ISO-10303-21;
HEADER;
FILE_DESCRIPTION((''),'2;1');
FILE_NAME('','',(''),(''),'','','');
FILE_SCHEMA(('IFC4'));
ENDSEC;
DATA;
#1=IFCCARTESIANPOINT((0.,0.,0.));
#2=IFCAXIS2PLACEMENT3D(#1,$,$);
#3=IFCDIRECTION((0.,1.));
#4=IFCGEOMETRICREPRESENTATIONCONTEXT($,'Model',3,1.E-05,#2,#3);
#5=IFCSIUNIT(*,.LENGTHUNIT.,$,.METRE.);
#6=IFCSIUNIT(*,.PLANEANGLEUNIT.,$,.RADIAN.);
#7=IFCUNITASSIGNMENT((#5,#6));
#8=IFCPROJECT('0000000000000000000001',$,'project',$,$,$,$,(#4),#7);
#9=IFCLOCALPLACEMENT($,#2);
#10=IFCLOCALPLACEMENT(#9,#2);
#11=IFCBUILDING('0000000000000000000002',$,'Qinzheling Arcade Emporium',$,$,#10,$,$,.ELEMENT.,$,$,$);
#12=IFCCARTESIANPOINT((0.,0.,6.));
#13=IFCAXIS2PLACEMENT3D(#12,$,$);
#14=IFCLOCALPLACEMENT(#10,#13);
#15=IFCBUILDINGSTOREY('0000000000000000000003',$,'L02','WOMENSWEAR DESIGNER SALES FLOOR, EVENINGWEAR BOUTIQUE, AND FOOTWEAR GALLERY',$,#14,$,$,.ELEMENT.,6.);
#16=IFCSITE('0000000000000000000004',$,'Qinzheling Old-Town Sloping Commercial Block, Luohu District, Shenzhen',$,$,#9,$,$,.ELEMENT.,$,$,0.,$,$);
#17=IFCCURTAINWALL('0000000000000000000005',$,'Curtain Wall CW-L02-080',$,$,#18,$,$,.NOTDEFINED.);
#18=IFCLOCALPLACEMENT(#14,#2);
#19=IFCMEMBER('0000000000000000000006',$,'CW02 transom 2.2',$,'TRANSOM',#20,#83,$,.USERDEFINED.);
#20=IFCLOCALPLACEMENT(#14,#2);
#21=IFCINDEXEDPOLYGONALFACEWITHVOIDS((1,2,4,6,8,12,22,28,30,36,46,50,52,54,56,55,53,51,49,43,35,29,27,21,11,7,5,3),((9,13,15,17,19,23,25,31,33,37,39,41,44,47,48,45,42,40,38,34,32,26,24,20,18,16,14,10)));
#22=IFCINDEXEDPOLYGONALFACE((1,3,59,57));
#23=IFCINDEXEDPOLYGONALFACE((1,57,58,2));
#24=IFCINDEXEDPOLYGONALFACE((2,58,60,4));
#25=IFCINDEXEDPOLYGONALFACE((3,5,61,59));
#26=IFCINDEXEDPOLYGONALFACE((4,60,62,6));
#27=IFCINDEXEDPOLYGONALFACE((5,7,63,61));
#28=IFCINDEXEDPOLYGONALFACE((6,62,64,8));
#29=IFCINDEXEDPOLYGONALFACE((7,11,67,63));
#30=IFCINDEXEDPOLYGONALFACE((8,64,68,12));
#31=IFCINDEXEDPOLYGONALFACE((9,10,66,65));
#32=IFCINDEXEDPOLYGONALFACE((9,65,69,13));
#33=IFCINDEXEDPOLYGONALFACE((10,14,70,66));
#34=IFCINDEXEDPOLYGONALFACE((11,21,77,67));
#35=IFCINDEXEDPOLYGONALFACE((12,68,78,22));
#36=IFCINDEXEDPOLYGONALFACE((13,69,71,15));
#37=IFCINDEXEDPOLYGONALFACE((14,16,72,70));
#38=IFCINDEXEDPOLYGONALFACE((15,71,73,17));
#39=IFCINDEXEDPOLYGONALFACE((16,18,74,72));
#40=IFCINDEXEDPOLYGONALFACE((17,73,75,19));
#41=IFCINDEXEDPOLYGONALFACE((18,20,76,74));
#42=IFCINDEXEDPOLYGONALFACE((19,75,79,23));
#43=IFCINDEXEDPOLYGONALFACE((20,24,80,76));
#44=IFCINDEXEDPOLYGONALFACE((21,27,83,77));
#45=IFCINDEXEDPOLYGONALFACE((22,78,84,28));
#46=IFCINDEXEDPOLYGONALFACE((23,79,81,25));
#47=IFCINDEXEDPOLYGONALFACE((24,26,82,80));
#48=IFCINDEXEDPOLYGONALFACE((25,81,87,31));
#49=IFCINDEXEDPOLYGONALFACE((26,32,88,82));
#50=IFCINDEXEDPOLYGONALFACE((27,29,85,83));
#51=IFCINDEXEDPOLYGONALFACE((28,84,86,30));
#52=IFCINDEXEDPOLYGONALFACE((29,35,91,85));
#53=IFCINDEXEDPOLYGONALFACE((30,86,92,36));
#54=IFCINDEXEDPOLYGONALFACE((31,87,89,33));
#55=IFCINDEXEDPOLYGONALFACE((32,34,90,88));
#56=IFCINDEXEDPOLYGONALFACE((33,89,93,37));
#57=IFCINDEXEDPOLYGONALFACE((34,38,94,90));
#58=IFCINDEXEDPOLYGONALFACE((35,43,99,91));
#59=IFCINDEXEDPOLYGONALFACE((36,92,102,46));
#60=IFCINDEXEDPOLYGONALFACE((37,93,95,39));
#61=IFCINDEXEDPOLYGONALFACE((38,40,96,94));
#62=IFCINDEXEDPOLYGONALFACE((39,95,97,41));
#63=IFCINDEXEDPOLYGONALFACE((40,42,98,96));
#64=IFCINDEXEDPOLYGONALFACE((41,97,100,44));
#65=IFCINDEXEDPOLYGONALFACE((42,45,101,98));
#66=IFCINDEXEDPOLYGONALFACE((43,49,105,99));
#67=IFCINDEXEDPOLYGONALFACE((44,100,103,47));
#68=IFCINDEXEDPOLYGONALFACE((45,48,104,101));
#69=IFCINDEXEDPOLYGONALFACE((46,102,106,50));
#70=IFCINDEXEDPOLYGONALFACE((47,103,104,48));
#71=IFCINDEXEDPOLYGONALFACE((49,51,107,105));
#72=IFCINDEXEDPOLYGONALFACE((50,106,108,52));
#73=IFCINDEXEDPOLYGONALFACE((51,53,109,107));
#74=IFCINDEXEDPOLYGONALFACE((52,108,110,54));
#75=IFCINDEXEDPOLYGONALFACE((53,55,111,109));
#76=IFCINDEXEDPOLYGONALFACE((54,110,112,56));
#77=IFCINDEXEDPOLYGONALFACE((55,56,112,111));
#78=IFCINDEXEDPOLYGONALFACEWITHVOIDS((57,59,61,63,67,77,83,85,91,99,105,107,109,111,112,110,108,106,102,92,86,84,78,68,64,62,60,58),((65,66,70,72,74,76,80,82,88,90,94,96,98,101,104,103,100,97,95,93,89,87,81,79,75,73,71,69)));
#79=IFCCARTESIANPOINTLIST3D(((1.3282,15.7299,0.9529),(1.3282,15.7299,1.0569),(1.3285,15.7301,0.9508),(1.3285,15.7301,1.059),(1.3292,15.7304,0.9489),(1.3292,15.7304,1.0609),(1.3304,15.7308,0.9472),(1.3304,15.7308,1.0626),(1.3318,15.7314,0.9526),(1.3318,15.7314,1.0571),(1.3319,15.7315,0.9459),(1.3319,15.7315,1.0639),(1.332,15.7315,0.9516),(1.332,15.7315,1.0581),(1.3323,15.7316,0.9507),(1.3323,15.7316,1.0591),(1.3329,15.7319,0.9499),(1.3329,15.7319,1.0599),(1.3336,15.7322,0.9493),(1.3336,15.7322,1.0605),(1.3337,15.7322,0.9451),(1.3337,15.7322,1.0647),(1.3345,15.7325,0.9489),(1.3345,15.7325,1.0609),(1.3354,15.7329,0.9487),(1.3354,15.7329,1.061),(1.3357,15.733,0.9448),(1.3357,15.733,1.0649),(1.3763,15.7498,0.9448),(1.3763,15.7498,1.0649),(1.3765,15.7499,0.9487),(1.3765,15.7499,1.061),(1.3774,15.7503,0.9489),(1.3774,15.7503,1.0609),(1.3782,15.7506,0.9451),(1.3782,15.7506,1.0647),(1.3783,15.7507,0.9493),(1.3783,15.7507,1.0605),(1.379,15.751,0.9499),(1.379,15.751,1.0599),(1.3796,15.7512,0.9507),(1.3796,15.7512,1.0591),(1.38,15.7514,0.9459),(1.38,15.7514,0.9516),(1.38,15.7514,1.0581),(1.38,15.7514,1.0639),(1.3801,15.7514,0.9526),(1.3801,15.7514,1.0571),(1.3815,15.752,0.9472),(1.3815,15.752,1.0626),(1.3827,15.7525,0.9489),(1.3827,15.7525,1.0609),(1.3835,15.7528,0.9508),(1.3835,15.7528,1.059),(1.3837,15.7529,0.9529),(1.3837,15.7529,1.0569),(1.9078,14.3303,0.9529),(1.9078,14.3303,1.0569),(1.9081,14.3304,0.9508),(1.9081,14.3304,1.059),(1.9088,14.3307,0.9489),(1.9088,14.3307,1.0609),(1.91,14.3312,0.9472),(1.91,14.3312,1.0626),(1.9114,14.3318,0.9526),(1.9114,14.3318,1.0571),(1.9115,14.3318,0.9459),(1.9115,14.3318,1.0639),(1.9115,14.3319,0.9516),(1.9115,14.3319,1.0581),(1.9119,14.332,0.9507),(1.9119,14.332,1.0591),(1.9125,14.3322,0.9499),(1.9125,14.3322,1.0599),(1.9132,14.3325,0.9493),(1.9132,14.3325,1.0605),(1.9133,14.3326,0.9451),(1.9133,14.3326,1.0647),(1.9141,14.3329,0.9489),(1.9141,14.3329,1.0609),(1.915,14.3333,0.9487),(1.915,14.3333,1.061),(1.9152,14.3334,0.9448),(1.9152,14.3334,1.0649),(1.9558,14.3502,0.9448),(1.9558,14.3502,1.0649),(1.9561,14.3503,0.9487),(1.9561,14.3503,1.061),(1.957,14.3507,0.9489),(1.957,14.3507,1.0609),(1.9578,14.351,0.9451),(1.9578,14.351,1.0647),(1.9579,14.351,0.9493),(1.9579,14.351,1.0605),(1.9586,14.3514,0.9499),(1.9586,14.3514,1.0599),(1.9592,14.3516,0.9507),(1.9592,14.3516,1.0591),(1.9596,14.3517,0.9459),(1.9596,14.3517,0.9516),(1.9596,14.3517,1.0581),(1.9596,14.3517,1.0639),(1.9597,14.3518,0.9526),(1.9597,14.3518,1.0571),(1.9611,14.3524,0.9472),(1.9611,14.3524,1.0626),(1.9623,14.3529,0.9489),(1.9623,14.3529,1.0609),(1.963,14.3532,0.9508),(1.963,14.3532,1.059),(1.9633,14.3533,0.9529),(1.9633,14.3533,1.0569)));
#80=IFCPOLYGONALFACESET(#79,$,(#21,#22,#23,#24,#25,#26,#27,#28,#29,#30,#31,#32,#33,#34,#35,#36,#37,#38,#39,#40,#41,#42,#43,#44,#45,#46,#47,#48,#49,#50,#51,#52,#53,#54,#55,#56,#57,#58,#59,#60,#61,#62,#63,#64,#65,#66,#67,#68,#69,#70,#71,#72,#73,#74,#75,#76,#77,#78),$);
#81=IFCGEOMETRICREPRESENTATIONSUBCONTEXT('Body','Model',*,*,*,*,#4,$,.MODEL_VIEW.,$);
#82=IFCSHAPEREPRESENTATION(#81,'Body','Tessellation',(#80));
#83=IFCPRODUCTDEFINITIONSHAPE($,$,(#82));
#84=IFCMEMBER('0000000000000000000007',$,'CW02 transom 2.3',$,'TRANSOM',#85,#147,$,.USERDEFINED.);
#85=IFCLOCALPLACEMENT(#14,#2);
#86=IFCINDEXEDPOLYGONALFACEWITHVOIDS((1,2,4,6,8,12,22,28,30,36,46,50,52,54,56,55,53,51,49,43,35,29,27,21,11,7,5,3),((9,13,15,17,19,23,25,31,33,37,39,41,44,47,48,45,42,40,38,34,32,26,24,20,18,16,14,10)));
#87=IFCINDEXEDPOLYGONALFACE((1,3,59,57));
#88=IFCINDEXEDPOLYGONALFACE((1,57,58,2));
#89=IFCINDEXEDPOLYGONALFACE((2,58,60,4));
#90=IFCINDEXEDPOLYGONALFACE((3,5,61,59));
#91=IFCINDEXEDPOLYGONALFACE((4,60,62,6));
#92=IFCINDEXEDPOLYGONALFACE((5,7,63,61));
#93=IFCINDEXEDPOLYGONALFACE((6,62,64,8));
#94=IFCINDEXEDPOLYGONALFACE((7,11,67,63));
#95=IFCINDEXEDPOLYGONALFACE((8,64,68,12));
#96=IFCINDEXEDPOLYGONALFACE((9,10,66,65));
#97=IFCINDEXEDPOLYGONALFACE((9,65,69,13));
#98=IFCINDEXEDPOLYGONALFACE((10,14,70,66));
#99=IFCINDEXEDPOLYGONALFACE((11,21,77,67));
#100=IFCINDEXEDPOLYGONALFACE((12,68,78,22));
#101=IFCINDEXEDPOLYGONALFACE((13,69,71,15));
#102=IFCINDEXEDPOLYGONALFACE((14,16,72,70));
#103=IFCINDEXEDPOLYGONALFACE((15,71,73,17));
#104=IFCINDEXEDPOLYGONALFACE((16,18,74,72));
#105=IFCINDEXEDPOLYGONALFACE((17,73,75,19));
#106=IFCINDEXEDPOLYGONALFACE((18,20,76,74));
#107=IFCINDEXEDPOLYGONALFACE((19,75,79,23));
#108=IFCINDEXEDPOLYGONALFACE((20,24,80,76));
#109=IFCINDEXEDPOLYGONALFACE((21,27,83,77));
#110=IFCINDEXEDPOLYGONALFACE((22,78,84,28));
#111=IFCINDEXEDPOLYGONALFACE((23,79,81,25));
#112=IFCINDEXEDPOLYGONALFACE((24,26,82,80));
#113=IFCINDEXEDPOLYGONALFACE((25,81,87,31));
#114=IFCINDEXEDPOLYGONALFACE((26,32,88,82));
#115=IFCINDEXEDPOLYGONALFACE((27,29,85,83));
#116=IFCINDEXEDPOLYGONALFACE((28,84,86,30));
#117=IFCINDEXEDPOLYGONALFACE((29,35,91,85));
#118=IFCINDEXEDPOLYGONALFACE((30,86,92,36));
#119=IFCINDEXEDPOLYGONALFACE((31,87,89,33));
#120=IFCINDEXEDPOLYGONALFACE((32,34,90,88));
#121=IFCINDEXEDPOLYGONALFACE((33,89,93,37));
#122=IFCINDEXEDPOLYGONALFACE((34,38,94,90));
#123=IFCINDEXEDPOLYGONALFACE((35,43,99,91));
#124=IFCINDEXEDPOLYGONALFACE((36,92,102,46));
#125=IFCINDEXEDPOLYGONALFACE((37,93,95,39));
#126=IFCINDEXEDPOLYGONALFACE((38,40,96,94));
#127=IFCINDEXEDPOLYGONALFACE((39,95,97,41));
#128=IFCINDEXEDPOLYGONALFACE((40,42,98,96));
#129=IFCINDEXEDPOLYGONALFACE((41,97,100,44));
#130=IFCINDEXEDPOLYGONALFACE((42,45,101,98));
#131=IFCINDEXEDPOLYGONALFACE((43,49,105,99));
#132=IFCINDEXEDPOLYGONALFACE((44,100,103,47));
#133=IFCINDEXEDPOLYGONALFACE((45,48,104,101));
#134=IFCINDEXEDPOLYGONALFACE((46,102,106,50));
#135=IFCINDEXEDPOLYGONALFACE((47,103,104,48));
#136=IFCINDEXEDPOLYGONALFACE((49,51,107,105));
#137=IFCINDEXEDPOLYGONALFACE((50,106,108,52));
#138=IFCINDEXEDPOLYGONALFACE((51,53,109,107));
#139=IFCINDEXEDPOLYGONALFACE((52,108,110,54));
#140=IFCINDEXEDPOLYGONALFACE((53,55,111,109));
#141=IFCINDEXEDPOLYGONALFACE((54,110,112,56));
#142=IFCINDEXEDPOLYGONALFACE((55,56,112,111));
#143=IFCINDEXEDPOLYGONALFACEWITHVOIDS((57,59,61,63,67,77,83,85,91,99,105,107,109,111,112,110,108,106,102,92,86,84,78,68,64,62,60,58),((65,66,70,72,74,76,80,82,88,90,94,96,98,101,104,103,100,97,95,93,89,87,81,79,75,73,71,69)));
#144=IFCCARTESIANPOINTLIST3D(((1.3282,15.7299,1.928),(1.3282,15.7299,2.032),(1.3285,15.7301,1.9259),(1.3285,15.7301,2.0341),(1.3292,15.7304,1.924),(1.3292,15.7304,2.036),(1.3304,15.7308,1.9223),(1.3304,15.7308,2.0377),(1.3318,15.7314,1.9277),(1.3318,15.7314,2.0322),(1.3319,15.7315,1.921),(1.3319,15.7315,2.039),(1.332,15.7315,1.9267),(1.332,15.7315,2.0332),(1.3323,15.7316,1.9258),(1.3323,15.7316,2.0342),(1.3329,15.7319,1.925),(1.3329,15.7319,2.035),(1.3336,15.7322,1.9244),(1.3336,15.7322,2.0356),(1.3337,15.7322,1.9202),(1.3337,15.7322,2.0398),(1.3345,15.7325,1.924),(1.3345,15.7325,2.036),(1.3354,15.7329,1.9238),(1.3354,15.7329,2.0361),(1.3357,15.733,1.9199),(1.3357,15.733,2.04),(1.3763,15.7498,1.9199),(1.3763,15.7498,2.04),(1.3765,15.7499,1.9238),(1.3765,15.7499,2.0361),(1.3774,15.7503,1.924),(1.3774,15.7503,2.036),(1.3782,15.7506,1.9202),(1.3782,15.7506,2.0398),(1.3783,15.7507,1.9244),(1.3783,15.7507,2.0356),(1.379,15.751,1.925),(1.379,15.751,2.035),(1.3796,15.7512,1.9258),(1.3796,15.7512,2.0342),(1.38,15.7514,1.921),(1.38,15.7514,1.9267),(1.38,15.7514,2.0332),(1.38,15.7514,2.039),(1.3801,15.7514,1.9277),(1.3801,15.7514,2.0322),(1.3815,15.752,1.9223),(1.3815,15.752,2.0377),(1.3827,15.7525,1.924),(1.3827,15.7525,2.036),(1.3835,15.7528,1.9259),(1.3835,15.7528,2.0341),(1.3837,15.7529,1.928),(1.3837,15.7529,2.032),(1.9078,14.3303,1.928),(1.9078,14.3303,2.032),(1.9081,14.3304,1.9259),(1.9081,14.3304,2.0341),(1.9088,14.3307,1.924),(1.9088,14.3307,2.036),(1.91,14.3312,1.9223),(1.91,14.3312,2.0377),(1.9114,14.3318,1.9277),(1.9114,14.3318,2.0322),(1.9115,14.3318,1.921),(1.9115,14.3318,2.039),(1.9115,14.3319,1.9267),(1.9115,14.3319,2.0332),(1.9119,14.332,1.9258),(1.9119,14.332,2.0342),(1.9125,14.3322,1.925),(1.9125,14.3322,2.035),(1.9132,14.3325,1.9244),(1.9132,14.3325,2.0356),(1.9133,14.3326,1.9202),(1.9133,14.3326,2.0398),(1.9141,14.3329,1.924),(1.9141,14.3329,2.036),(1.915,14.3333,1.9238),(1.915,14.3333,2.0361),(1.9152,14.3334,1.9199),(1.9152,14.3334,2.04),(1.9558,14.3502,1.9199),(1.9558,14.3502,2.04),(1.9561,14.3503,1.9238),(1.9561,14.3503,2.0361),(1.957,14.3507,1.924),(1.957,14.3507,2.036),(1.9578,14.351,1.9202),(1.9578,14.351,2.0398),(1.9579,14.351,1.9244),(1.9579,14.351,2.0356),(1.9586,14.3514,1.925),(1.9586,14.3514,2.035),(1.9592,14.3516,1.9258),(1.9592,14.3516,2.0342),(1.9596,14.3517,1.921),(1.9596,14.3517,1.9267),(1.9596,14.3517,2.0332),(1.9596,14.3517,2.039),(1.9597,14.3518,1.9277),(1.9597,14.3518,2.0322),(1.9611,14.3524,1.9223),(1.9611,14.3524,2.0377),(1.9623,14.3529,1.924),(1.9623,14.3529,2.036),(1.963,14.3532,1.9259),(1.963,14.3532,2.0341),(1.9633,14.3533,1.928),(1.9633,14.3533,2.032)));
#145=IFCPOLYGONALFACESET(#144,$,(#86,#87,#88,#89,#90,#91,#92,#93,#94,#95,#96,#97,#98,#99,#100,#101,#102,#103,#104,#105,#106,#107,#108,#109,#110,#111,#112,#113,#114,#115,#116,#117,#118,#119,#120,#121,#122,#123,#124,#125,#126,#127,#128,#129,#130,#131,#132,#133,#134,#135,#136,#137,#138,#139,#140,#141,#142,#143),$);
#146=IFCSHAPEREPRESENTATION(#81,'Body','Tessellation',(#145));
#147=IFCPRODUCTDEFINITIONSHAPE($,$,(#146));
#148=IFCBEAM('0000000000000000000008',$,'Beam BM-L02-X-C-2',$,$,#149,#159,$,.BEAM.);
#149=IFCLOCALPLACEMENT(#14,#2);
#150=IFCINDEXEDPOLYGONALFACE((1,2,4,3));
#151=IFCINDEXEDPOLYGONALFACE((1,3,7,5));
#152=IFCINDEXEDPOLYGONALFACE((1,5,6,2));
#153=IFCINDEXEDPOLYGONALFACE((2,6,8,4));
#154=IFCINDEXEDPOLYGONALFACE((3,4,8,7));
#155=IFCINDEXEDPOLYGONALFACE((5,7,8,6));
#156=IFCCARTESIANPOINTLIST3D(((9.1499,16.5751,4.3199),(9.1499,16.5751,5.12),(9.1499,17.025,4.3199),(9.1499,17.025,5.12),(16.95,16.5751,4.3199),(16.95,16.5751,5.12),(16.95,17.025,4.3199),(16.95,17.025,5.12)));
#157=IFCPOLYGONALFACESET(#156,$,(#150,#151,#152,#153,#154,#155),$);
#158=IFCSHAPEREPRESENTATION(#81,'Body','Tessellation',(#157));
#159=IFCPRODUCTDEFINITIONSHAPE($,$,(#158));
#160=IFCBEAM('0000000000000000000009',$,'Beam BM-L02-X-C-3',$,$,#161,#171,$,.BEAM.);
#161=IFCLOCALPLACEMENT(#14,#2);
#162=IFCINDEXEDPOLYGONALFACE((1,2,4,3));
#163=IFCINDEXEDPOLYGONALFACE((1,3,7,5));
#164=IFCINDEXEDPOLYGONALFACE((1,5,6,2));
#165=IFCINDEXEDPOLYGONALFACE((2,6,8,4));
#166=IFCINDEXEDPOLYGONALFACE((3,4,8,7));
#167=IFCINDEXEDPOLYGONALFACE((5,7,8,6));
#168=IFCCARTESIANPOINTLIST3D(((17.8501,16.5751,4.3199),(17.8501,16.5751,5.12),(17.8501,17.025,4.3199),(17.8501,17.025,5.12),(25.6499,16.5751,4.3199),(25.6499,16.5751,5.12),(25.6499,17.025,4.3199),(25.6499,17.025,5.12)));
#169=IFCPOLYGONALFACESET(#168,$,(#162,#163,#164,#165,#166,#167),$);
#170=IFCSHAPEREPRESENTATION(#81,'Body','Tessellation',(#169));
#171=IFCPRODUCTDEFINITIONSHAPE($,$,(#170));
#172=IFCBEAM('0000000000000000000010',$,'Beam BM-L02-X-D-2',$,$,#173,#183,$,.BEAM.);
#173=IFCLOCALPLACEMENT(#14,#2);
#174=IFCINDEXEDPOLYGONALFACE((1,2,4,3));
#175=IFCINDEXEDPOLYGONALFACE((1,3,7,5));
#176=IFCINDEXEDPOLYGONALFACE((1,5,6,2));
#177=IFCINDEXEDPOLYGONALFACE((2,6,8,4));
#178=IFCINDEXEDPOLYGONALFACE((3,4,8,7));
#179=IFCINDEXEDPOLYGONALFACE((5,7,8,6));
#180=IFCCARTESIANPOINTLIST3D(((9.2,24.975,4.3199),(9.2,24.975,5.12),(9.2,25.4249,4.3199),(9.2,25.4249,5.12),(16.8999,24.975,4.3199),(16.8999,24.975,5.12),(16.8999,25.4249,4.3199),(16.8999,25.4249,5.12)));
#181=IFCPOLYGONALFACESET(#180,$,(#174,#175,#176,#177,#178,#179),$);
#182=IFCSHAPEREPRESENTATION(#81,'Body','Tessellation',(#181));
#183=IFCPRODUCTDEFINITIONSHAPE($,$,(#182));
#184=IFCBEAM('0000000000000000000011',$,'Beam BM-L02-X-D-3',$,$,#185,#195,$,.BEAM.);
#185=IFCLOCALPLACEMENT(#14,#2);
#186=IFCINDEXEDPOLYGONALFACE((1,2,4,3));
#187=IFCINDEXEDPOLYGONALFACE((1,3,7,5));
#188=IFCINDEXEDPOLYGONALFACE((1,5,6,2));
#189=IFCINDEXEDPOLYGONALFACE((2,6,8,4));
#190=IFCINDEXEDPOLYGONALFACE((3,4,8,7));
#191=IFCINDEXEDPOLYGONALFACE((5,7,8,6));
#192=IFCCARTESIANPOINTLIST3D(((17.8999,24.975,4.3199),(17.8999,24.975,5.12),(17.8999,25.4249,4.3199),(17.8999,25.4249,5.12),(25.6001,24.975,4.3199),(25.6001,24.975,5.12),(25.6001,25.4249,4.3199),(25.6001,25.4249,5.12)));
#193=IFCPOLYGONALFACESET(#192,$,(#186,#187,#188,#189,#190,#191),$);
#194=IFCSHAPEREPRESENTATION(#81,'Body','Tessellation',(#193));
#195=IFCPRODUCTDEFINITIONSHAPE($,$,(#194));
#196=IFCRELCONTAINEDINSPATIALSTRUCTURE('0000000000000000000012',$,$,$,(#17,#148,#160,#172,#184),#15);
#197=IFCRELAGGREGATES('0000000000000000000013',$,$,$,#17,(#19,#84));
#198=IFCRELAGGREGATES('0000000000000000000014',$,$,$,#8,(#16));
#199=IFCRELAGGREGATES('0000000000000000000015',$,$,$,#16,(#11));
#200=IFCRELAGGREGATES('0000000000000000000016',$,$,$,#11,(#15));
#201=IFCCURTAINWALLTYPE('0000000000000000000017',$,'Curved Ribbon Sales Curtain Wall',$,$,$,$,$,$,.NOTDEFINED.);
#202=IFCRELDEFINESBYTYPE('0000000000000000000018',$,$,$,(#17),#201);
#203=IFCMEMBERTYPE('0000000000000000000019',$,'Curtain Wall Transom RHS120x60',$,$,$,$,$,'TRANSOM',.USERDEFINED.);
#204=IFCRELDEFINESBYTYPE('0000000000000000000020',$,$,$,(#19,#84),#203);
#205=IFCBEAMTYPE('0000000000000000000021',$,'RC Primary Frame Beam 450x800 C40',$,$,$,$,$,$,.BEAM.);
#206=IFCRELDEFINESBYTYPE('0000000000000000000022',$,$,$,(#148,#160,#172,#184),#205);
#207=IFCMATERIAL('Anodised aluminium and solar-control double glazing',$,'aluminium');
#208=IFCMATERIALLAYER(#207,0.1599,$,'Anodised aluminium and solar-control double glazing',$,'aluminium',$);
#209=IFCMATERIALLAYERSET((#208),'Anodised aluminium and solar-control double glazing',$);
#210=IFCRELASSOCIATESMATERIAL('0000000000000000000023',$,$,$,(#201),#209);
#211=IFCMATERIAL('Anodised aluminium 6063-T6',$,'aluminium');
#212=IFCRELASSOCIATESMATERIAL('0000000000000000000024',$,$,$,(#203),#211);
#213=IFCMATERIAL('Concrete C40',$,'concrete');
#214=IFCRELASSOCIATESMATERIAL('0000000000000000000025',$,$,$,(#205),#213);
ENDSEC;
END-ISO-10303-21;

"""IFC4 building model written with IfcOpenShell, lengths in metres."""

from ifc_helpers import new_model, si_unit, direction, frame, origin, origin_2d, place, context, subcontext, project, spatial, rectangle, hollow_rectangle, extrude, material, layer, layer_set, material_profile, profile_set, type_object, element, aggregate, save


model = new_model("IFC4")

# Units and contexts
model_context = context("Model", 3, precision=1e-05, world=origin(), true_north=direction((0.0, 1.0)))
body_context = subcontext(model_context, "Body", "Model", "MODEL_VIEW")
ifc_project = project(units=[si_unit("LENGTHUNIT", "METRE"), si_unit("PLANEANGLEUNIT", "RADIAN")], contexts=[model_context])

# Site, building, storey
site_placement = place(None, origin())
site = spatial("IfcSite", under=ifc_project, at=site_placement, Name="Qinzheling Old-Town Sloping Commercial Block, Luohu District, Shenzhen", CompositionType="ELEMENT", RefElevation=0.0)
building_placement = place(site_placement, origin())
building = spatial("IfcBuilding", under=site, at=building_placement, Name="Qinzheling Arcade Emporium", CompositionType="ELEMENT")
storey_placement = place(building_placement, frame((0.0, 0.0, 6.0)))
storey = spatial("IfcBuildingStorey", under=building, at=storey_placement, Name="L02", Description="WOMENSWEAR DESIGNER SALES FLOOR, EVENINGWEAR BOUTIQUE, AND FOOTWEAR GALLERY", CompositionType="ELEMENT", Elevation=6.0)

# Curtain wall, members
ifc_material_1 = material(Name="Anodised aluminium and solar-control double glazing", Category="aluminium")
ifc_layer_1 = layer(ifc_material_1, 0.1599, Name="Anodised aluminium and solar-control double glazing", Category="aluminium")
ifc_layer_set_1 = layer_set([ifc_layer_1], Name="Anodised aluminium and solar-control double glazing")
curtain_wall_type = type_object("IfcCurtainWallType", Name="Curved Ribbon Sales Curtain Wall", PredefinedType="NOTDEFINED", material=ifc_layer_set_1)
curtain_wall_placement = place(storey_placement, origin())
curtain_wall = element("IfcCurtainWall", 1, at=curtain_wall_placement, inside=storey, type_object=curtain_wall_type, Name="Curtain Wall CW-L02-080", PredefinedType="NOTDEFINED")
ifc_material_2 = material(Name="Anodised aluminium 6063-T6", Category="aluminium")
ifc_material_profile_1 = material_profile(ifc_material_2, hollow_rectangle(XDim=0.0601, YDim=0.1201, WallThickness=0.0039, InnerFilletRadius=0.0039, OuterFilletRadius=0.0081, at=origin_2d()), Name="RHS 120x60x4", Category="aluminium")
ifc_profile_set_1 = profile_set([ifc_material_profile_1], Name="Anodised aluminium 6063-T6")
member_type_1 = type_object("IfcMemberType", Name="Curtain Wall Transom RHS120x60", ElementType="TRANSOM", PredefinedType="USERDEFINED", material=ifc_profile_set_1)
member_1_placement = place(storey_placement, frame((1.9355, 14.3418, 1.0049), z_axis=(-0.382589, 0.923919, 0.0), x_axis=(-0.923919, -0.382589, 0.0)))
member_1 = element("IfcMember", 2, at=member_1_placement, type_object=member_type_1, Name="CW02 transom 2.2", ObjectType="TRANSOM", PredefinedType="USERDEFINED", context=body_context, shape_type="SweptSolid", body=[
    extrude(hollow_rectangle(XDim=0.0601, YDim=0.1201, WallThickness=0.0039, InnerFilletRadius=0.0039, OuterFilletRadius=0.0081, at=origin_2d()), origin(), (0.0, 0.0, 1.0), 1.5149),
])
member_2_placement = place(storey_placement, frame((1.9355, 14.3418, 1.98), z_axis=(-0.382589, 0.923919, 0.0), x_axis=(-0.923919, -0.382589, 0.0)))
member_2 = element("IfcMember", 3, at=member_2_placement, type_object=member_type_1, Name="CW02 transom 2.3", ObjectType="TRANSOM", PredefinedType="USERDEFINED", context=body_context, shape_type="SweptSolid", body=[
    extrude(hollow_rectangle(XDim=0.0601, YDim=0.1201, WallThickness=0.0039, InnerFilletRadius=0.0039, OuterFilletRadius=0.0081, at=origin_2d()), origin(), (0.0, 0.0, 1.0), 1.5149),
])

# Beams
ifc_material_3 = material(Name="Concrete C40", Category="concrete")
ifc_material_profile_2 = material_profile(ifc_material_3, rectangle(XDim=0.45, YDim=0.8, at=origin_2d()), Name="RC 450x800", Category="concrete")
ifc_profile_set_2 = profile_set([ifc_material_profile_2], Name="Concrete C40")
beam_type_1 = type_object("IfcBeamType", Name="RC Primary Frame Beam 450x800 C40", PredefinedType="BEAM", material=ifc_profile_set_2)
beam_1_placement = place(storey_placement, frame((9.1499, 16.8, 4.72), z_axis=(1.0, 0.0, 0.0), x_axis=(0.0, 1.0, 0.0)))
element("IfcBeam", 4, at=beam_1_placement, inside=storey, type_object=beam_type_1, Name="Beam BM-L02-X-C-2", PredefinedType="BEAM", context=body_context, shape_type="SweptSolid", body=[
    extrude(rectangle(XDim=0.45, YDim=0.8, at=origin_2d()), origin(), (0.0, 0.0, 1.0), 7.8),
])
beam_2_placement = place(storey_placement, frame((17.8501, 16.8, 4.72), z_axis=(1.0, 0.0, 0.0), x_axis=(0.0, 1.0, 0.0)))
element("IfcBeam", 5, at=beam_2_placement, inside=storey, type_object=beam_type_1, Name="Beam BM-L02-X-C-3", PredefinedType="BEAM", context=body_context, shape_type="SweptSolid", body=[
    extrude(rectangle(XDim=0.45, YDim=0.8, at=origin_2d()), origin(), (0.0, 0.0, 1.0), 7.7998),
])
beam_3_placement = place(storey_placement, frame((9.2, 25.2, 4.72), z_axis=(1.0, 0.0, 0.0), x_axis=(0.0, 1.0, 0.0)))
element("IfcBeam", 6, at=beam_3_placement, inside=storey, type_object=beam_type_1, Name="Beam BM-L02-X-D-2", PredefinedType="BEAM", context=body_context, shape_type="SweptSolid", body=[
    extrude(rectangle(XDim=0.45, YDim=0.8, at=origin_2d()), origin(), (0.0, 0.0, 1.0), 7.7),
])
beam_4_placement = place(storey_placement, frame((17.8999, 25.2, 4.72), z_axis=(1.0, 0.0, 0.0), x_axis=(0.0, 1.0, 0.0)))
element("IfcBeam", 7, at=beam_4_placement, inside=storey, type_object=beam_type_1, Name="Beam BM-L02-X-D-3", PredefinedType="BEAM", context=body_context, shape_type="SweptSolid", body=[
    extrude(rectangle(XDim=0.45, YDim=0.8, at=origin_2d()), origin(), (0.0, 0.0, 1.0), 7.7002),
])

aggregate(curtain_wall, [member_1, member_2])

save(model, "model.ifc")
